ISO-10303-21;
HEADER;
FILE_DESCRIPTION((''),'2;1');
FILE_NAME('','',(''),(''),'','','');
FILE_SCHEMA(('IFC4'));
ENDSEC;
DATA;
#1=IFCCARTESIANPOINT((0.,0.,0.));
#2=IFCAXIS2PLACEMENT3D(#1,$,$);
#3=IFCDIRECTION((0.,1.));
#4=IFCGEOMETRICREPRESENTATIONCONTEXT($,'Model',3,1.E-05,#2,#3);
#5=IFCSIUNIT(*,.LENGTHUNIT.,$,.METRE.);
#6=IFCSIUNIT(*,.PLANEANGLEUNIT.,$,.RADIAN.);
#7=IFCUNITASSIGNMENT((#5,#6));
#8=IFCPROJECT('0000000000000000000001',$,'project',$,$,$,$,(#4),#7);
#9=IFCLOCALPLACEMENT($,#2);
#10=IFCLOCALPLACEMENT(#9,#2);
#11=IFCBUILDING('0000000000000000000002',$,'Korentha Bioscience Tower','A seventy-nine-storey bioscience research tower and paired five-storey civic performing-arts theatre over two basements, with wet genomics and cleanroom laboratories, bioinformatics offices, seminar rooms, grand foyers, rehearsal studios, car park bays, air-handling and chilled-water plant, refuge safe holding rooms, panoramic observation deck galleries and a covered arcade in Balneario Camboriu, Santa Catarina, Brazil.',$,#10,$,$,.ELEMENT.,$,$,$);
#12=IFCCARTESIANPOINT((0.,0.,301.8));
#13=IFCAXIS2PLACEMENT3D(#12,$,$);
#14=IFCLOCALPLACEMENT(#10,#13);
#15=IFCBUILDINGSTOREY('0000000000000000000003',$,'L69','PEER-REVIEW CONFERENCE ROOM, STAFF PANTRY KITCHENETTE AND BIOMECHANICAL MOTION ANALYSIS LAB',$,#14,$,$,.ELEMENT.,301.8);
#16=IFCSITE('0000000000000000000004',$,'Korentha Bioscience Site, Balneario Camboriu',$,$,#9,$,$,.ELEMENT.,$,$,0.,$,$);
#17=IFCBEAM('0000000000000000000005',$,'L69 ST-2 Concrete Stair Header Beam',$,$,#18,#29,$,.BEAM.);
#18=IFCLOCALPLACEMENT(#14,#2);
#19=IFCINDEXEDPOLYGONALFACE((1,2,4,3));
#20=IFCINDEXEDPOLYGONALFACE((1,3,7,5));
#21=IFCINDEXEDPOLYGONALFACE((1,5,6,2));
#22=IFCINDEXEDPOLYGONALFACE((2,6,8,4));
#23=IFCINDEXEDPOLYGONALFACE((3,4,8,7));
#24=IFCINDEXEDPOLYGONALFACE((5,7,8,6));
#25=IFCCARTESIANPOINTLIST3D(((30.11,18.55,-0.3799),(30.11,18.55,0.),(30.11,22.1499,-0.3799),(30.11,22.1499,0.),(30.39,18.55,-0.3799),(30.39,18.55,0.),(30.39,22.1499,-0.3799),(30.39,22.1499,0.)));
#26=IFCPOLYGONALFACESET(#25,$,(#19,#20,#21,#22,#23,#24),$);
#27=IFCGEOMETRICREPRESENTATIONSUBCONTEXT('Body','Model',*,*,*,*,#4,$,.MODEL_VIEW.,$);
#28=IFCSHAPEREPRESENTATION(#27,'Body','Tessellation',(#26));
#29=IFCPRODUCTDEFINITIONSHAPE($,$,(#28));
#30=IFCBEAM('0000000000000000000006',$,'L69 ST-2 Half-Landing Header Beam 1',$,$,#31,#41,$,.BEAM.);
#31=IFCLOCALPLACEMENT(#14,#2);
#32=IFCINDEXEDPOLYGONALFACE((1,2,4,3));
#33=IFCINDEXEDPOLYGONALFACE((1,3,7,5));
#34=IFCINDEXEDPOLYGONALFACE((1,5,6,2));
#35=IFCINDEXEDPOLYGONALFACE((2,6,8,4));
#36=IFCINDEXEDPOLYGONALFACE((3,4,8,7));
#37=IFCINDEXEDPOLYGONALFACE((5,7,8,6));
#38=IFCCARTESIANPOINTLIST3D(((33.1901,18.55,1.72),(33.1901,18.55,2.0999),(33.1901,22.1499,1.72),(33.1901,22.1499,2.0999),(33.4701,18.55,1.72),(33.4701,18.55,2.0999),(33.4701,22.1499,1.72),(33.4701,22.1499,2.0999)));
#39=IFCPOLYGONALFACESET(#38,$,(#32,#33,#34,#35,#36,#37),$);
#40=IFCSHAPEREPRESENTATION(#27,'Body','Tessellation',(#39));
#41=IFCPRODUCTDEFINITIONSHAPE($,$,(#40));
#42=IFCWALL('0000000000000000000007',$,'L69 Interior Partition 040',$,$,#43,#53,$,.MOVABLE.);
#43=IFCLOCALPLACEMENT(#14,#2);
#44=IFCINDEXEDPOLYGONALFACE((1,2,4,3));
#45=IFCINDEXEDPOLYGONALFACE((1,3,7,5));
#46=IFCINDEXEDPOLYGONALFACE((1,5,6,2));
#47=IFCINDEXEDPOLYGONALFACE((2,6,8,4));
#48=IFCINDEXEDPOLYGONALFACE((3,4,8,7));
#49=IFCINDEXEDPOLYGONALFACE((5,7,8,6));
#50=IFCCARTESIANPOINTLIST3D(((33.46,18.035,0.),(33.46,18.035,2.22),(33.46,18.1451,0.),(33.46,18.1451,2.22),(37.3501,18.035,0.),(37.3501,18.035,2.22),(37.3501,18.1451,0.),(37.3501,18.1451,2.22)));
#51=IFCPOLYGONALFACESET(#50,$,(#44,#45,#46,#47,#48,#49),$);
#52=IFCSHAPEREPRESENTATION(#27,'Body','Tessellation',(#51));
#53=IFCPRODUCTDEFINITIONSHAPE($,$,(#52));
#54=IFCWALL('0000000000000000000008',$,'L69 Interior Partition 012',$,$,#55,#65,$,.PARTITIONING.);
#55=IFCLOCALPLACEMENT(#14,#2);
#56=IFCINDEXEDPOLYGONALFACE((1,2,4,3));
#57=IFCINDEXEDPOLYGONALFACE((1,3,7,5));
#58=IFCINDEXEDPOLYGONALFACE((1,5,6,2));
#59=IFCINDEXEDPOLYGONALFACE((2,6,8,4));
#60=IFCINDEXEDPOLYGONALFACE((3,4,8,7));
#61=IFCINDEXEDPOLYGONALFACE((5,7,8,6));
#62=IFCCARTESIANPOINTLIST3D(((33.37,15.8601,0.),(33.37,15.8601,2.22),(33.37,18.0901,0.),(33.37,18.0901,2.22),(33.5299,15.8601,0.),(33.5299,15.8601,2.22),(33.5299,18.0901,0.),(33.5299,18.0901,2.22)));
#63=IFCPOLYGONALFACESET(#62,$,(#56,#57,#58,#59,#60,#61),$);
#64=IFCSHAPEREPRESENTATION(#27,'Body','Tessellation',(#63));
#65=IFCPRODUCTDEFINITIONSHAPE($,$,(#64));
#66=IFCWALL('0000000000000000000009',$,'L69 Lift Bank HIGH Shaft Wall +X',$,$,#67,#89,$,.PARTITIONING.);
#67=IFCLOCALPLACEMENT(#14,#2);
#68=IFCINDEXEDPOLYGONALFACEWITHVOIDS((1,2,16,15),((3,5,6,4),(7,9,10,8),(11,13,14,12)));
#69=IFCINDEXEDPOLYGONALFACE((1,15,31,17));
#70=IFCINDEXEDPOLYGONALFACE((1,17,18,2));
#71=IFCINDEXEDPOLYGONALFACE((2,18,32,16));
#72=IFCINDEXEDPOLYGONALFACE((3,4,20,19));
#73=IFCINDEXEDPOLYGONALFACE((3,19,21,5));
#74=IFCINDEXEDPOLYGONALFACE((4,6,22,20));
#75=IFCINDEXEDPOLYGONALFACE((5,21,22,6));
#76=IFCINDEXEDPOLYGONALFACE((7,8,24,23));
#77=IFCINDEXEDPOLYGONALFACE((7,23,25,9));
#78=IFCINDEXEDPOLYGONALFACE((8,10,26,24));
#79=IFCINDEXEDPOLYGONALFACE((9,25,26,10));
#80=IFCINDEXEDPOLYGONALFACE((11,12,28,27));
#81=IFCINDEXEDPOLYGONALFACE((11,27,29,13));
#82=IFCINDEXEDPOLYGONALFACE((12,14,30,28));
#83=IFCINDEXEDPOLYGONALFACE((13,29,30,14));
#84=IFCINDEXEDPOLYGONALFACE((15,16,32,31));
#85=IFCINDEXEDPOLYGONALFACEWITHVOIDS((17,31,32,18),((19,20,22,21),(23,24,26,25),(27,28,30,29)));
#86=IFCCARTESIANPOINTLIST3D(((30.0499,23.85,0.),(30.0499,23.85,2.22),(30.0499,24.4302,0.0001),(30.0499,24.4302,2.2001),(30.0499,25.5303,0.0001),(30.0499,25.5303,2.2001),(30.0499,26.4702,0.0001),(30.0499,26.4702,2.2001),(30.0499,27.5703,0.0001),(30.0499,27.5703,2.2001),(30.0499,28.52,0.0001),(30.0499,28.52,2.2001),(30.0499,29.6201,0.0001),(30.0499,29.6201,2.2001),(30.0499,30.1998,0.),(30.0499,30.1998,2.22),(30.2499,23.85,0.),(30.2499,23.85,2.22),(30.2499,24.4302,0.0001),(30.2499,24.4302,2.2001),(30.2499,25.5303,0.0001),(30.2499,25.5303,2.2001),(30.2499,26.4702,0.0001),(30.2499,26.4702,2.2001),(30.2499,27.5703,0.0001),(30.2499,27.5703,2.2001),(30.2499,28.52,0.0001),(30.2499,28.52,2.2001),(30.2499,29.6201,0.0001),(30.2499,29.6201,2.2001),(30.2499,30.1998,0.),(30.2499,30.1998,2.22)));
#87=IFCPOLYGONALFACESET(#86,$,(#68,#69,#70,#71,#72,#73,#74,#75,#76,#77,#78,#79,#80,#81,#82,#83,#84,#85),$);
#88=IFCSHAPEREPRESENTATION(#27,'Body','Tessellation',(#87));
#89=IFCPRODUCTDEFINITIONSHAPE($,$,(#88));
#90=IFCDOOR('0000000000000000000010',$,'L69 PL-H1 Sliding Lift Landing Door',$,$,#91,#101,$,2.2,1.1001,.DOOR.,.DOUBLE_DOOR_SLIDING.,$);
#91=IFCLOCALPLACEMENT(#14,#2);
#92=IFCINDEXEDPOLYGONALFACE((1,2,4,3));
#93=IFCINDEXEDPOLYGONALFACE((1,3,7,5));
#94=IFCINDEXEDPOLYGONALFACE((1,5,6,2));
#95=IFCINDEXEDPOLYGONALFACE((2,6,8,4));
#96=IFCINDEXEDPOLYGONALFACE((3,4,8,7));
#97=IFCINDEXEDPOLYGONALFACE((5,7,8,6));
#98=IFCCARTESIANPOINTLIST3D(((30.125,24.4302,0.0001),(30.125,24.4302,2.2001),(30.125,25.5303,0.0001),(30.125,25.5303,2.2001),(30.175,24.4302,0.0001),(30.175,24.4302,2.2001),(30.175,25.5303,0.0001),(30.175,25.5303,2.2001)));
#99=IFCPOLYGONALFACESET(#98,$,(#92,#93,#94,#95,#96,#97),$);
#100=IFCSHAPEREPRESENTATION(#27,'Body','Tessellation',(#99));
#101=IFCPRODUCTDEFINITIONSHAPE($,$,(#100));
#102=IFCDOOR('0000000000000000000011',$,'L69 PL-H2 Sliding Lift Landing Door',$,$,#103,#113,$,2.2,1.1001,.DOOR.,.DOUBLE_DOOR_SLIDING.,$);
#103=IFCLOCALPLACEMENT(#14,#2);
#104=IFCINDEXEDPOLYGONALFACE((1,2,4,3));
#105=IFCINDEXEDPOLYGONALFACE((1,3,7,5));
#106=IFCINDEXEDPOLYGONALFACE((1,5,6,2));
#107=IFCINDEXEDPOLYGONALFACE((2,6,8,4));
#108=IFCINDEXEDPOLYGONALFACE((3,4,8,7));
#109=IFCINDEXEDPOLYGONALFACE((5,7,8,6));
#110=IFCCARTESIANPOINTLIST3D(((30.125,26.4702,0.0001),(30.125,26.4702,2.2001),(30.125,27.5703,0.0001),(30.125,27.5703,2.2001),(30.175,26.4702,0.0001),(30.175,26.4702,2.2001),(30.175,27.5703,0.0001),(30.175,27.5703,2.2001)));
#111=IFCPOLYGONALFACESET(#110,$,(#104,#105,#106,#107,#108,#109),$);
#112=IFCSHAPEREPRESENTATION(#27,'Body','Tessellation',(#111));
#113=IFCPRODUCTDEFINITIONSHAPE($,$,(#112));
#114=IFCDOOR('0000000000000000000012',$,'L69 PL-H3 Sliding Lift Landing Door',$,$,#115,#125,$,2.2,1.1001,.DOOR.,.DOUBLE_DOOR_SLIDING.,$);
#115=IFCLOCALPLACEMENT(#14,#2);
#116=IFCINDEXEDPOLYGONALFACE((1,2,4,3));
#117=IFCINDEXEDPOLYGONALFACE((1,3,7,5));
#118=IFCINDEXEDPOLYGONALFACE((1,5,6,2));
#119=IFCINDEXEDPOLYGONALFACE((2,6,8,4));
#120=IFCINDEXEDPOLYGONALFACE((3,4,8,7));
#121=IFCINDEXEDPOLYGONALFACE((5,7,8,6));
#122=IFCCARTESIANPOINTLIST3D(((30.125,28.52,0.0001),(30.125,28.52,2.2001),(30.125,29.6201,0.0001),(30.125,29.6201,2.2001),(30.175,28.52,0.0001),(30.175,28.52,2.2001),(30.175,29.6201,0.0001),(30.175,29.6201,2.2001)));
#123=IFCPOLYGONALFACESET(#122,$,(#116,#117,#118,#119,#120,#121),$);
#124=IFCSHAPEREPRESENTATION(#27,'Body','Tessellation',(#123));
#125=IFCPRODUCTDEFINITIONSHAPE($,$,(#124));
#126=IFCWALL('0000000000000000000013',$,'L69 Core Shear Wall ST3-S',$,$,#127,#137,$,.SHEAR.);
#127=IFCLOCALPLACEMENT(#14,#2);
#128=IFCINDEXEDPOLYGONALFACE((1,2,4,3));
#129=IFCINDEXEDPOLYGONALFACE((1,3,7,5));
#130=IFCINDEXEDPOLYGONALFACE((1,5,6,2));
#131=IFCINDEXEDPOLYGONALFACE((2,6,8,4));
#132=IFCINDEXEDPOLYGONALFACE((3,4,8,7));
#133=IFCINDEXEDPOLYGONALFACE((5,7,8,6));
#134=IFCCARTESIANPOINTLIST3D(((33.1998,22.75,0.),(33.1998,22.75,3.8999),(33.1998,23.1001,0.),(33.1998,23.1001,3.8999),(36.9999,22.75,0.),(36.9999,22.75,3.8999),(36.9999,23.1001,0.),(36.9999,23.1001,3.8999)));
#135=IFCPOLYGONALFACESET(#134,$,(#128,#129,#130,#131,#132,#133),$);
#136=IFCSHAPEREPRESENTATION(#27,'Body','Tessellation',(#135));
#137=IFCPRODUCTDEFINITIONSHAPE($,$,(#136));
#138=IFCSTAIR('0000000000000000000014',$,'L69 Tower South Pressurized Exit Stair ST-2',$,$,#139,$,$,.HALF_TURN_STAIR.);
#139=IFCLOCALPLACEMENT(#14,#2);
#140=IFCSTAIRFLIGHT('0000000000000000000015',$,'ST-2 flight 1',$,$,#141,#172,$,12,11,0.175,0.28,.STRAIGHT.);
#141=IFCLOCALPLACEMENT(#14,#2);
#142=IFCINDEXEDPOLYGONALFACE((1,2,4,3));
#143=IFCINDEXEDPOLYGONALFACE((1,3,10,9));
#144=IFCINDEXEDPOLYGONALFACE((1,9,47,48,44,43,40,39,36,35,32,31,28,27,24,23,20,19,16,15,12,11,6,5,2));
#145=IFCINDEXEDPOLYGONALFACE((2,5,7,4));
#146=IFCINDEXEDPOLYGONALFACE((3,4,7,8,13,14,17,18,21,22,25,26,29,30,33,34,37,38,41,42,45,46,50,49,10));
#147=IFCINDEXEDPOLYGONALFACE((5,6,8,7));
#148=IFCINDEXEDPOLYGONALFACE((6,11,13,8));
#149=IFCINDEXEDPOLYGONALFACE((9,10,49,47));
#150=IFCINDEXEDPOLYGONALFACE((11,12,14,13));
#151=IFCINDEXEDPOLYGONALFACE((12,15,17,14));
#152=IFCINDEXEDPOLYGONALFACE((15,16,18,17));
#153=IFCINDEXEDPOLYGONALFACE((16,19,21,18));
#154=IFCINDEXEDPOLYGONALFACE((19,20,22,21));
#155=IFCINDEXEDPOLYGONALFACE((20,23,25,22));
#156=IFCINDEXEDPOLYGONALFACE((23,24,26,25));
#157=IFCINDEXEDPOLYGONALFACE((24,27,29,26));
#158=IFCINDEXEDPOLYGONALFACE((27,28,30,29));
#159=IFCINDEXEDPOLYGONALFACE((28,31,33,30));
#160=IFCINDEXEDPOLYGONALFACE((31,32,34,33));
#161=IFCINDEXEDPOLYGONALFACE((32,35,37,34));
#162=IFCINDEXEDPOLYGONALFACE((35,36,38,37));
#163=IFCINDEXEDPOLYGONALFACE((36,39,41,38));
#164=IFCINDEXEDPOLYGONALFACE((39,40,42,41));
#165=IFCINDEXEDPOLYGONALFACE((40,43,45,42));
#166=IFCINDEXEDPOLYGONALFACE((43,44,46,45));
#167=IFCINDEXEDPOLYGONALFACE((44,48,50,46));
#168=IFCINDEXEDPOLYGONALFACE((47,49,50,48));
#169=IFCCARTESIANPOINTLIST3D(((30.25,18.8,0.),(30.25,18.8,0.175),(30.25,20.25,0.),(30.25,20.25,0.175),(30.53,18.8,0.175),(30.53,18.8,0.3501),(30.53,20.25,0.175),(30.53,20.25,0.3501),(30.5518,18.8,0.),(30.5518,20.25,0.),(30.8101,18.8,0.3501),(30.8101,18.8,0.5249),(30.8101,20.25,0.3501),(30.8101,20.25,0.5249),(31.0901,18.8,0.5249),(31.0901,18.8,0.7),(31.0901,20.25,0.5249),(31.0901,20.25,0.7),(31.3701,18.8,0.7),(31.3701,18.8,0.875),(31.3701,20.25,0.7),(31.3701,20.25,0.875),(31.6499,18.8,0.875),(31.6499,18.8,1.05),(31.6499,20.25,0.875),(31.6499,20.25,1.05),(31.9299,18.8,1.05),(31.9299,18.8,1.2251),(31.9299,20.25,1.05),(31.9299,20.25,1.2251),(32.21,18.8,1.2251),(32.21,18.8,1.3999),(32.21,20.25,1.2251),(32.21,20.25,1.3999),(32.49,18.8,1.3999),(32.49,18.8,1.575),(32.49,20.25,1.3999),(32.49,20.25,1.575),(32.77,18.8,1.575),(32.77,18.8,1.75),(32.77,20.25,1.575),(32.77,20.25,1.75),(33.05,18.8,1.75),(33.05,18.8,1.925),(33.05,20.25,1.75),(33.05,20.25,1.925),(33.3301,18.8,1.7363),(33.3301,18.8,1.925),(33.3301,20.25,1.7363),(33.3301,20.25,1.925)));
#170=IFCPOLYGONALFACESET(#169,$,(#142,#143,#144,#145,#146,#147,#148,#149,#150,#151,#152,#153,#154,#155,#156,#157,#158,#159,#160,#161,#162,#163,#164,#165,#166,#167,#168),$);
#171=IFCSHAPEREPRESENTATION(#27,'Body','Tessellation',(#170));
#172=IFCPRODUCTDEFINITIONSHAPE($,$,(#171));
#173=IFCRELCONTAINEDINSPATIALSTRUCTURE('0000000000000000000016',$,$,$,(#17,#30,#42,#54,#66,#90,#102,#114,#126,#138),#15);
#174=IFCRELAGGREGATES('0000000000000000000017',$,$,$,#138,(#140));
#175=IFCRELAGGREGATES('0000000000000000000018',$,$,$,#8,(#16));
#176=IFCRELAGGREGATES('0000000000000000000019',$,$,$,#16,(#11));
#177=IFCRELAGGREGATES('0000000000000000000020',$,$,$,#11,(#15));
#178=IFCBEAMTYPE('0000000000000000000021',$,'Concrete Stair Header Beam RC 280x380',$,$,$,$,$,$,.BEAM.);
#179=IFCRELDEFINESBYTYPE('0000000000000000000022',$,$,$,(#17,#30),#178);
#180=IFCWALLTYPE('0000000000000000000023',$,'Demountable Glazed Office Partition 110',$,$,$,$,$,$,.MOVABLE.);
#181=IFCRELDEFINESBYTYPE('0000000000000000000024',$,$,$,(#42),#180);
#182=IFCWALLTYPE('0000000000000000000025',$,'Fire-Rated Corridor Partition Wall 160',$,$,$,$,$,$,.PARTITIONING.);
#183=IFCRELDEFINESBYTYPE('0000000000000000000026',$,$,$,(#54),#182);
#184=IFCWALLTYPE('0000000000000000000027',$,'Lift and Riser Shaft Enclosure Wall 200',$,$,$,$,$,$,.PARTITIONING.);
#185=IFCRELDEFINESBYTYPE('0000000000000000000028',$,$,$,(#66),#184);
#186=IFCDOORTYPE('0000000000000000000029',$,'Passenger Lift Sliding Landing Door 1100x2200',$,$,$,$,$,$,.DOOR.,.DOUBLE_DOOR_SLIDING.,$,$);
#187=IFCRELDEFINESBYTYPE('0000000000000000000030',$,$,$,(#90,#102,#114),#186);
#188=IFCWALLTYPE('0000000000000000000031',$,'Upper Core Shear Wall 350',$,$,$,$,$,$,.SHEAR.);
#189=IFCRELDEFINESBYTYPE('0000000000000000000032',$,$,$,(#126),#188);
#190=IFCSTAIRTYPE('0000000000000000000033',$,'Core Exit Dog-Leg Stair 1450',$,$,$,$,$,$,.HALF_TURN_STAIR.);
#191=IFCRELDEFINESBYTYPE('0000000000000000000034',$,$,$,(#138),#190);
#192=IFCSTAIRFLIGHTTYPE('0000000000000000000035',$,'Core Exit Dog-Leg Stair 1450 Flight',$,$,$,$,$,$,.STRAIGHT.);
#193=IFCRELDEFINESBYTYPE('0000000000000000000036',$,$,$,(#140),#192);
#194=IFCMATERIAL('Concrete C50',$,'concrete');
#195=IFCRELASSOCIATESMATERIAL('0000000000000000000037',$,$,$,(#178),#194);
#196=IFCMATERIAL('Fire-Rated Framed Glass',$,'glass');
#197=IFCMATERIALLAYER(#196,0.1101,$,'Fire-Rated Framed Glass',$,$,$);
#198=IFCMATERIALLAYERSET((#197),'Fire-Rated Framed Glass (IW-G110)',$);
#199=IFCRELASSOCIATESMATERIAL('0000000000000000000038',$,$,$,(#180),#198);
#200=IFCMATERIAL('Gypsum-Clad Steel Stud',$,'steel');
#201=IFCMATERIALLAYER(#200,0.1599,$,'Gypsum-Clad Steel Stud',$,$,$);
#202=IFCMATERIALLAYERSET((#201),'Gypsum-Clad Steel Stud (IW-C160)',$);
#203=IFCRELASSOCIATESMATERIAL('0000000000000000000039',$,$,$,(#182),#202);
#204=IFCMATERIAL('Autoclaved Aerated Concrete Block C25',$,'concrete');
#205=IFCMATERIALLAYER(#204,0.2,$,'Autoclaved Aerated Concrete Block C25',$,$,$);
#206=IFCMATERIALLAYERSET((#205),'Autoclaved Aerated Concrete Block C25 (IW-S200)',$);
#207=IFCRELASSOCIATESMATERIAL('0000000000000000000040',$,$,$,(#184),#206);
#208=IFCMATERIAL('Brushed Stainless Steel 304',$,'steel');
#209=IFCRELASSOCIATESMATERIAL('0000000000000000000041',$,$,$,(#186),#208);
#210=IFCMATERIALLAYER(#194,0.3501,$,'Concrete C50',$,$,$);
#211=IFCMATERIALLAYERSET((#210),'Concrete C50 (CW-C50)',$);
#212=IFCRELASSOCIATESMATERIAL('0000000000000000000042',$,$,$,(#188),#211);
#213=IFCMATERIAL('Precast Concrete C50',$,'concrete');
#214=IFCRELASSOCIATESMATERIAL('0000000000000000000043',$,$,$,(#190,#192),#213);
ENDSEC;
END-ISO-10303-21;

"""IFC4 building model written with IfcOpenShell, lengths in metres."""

from ifc_helpers import new_model, si_unit, direction, frame, frame_2d, origin, origin_2d, place, context, subcontext, project, spatial, polyline, rectangle, outline, extrude, material, layer, layer_set, material_profile, profile_set, type_object, element, fill, aggregate, save


model = new_model("IFC4")

# Units and contexts
model_context = context("Model", 3, precision=1e-05, world=origin(), true_north=direction((0.0, 1.0)))
body_context = subcontext(model_context, "Body", "Model", "MODEL_VIEW")
ifc_project = project(units=[si_unit("LENGTHUNIT", "METRE"), si_unit("PLANEANGLEUNIT", "RADIAN")], contexts=[model_context])

# Site, building, storey
site_placement = place(None, origin())
site = spatial("IfcSite", under=ifc_project, at=site_placement, Name="Korentha Bioscience Site, Balneario Camboriu", CompositionType="ELEMENT", RefElevation=0.0)
building_placement = place(site_placement, origin())
building = spatial("IfcBuilding", under=site, at=building_placement, Name="Korentha Bioscience Tower", Description="A seventy-nine-storey bioscience research tower and paired five-storey civic performing-arts theatre over two basements, with wet genomics and cleanroom laboratories, bioinformatics offices, seminar rooms, grand foyers, rehearsal studios, car park bays, air-handling and chilled-water plant, refuge safe holding rooms, panoramic observation deck galleries and a covered arcade in Balneario Camboriu, Santa Catarina, Brazil.", CompositionType="ELEMENT")
storey_placement = place(building_placement, frame((0.0, 0.0, 301.8)))
storey = spatial("IfcBuildingStorey", under=building, at=storey_placement, Name="L69", Description="PEER-REVIEW CONFERENCE ROOM, STAFF PANTRY KITCHENETTE AND BIOMECHANICAL MOTION ANALYSIS LAB", CompositionType="ELEMENT", Elevation=301.8)

# Beams
ifc_material_1 = material(Name="Concrete C50", Category="concrete")
ifc_material_profile = material_profile(ifc_material_1, rectangle(XDim=0.28, YDim=0.3799, at=origin_2d()), Name="Concrete C50")
ifc_profile_set = profile_set([ifc_material_profile], Name="Concrete C50 (ST-HB380)")
beam_type = type_object("IfcBeamType", Name="Concrete Stair Header Beam RC 280x380", PredefinedType="BEAM", material=ifc_profile_set)
for number, where, z_axis, x_axis, name in (
    (1, (30.25, 18.55, -0.1899), (0.0, 1.0, 0.0), (-1.0, 0.0, 0.0), "L69 ST-2 Concrete Stair Header Beam"),
    (2, (33.3301, 18.55, 1.9099), (0.0, 1.0, 0.0), (-1.0, 0.0, 0.0), "L69 ST-2 Half-Landing Header Beam 1"),
):
    element("IfcBeam", number, at=place(storey_placement, frame(where, z_axis=z_axis, x_axis=x_axis)), inside=storey, type_object=beam_type, Name=name, PredefinedType="BEAM", context=body_context, shape_type="SweptSolid", body=[
        extrude(rectangle(XDim=0.28, YDim=0.3799, at=origin_2d()), origin(), (0.0, 0.0, 1.0), 3.5999),
    ])

# Walls
ifc_material_2 = material(Name="Fire-Rated Framed Glass", Category="glass")
ifc_layer_1 = layer(ifc_material_2, 0.1101, Name="Fire-Rated Framed Glass")
ifc_layer_set_1 = layer_set([ifc_layer_1], Name="Fire-Rated Framed Glass (IW-G110)")
wall_type_1 = type_object("IfcWallType", Name="Demountable Glazed Office Partition 110", PredefinedType="MOVABLE", material=ifc_layer_set_1)
wall_1_placement = place(storey_placement, frame((33.46, 18.0901, 0.0), z_axis=(0.0, 0.0, 1.0), x_axis=(1.0, 0.0, 0.0)))
element("IfcWall", 3, at=wall_1_placement, inside=storey, type_object=wall_type_1, Name="L69 Interior Partition 040", PredefinedType="MOVABLE", context=body_context, shape_type="SweptSolid", body=[
    extrude(rectangle(XDim=3.8901, YDim=0.1101, at=frame_2d((1.9451, 0.0))), origin(), (0.0, 0.0, 1.0), 2.22),
])
ifc_material_3 = material(Name="Gypsum-Clad Steel Stud", Category="steel")
ifc_layer_2 = layer(ifc_material_3, 0.1599, Name="Gypsum-Clad Steel Stud")
ifc_layer_set_2 = layer_set([ifc_layer_2], Name="Gypsum-Clad Steel Stud (IW-C160)")
wall_type_2 = type_object("IfcWallType", Name="Fire-Rated Corridor Partition Wall 160", PredefinedType="PARTITIONING", material=ifc_layer_set_2)
wall_2_placement = place(storey_placement, frame((33.45, 18.0901, 0.0), z_axis=(0.0, 0.0, 1.0), x_axis=(0.0, -1.0, 0.0)))
element("IfcWall", 4, at=wall_2_placement, inside=storey, type_object=wall_type_2, Name="L69 Interior Partition 012", PredefinedType="PARTITIONING", context=body_context, shape_type="SweptSolid", body=[
    extrude(rectangle(XDim=2.23, YDim=0.1599, at=frame_2d((1.115, 0.0))), origin(), (0.0, 0.0, 1.0), 2.22),
])

# Wall, openings, doors
ifc_material_4 = material(Name="Autoclaved Aerated Concrete Block C25", Category="concrete")
ifc_layer_3 = layer(ifc_material_4, 0.2, Name="Autoclaved Aerated Concrete Block C25")
ifc_layer_set_3 = layer_set([ifc_layer_3], Name="Autoclaved Aerated Concrete Block C25 (IW-S200)")
wall_type_3 = type_object("IfcWallType", Name="Lift and Riser Shaft Enclosure Wall 200", PredefinedType="PARTITIONING", material=ifc_layer_set_3)
wall_3_placement = place(storey_placement, frame((30.1499, 23.8501, 0.0), z_axis=(0.0, 0.0, 1.0), x_axis=(0.0, 1.0, 0.0)))
wall_3 = element("IfcWall", 5, at=wall_3_placement, inside=storey, type_object=wall_type_3, Name="L69 Lift Bank HIGH Shaft Wall +X", PredefinedType="PARTITIONING", context=body_context, shape_type="SweptSolid", body=[
    extrude(rectangle(XDim=6.3499, YDim=0.2, at=frame_2d((3.1748, 0.0))), origin(), (0.0, 0.0, 1.0), 2.22),
])
opening_1_placement = place(wall_3_placement, frame((0.5801, 0.0, 0.0)))
opening_1 = element("IfcOpeningElement", 6, at=opening_1_placement, cuts=wall_3, PredefinedType="OPENING", context=body_context, shape_type="SweptSolid", body=[
    extrude(rectangle(XDim=1.1001, YDim=2.2, at=frame_2d((0.55, 1.1001))), frame((0.0, 0.1147, 0.0), z_axis=(0.0, -1.0, 0.0), x_axis=(1.0, 0.0, 0.0)), (0.0, 0.0, 1.0), 0.2297),
])
opening_2_placement = place(wall_3_placement, frame((2.6201, 0.0, 0.0)))
opening_2 = element("IfcOpeningElement", 7, at=opening_2_placement, cuts=wall_3, PredefinedType="OPENING", context=body_context, shape_type="SweptSolid", body=[
    extrude(rectangle(XDim=1.1001, YDim=2.2, at=frame_2d((0.55, 1.1001))), frame((0.0, 0.1147, 0.0), z_axis=(0.0, -1.0, 0.0), x_axis=(1.0, 0.0, 0.0)), (0.0, 0.0, 1.0), 0.2297),
])
opening_3_placement = place(wall_3_placement, frame((4.6699, 0.0, 0.0)))
opening_3 = element("IfcOpeningElement", 8, at=opening_3_placement, cuts=wall_3, PredefinedType="OPENING", context=body_context, shape_type="SweptSolid", body=[
    extrude(rectangle(XDim=1.1001, YDim=2.2, at=frame_2d((0.55, 1.1001))), frame((0.0, 0.1147, 0.0), z_axis=(0.0, -1.0, 0.0), x_axis=(1.0, 0.0, 0.0)), (0.0, 0.0, 1.0), 0.2297),
])
ifc_material_5 = material(Name="Brushed Stainless Steel 304", Category="steel")
door_type_1 = type_object("IfcDoorType", Name="Passenger Lift Sliding Landing Door 1100x2200", OperationType="DOUBLE_DOOR_SLIDING", PredefinedType="DOOR", material=ifc_material_5)
door_1_placement = place(opening_1_placement, origin())
door_1 = element("IfcDoor", 9, at=door_1_placement, inside=storey, type_object=door_type_1, Name="L69 PL-H1 Sliding Lift Landing Door", OperationType="DOUBLE_DOOR_SLIDING", OverallHeight=2.2, OverallWidth=1.1001, PredefinedType="DOOR", context=body_context, shape_type="SweptSolid", body=[
    extrude(rectangle(XDim=1.1001, YDim=2.2, at=frame_2d((0.55, 1.1001))), frame((0.0, 0.0249, 0.0), z_axis=(0.0, -1.0, 0.0), x_axis=(1.0, 0.0, 0.0)), (0.0, 0.0, 1.0), 0.05),
])
fill(opening_1, door_1)
door_2_placement = place(opening_2_placement, origin())
door_2 = element("IfcDoor", 10, at=door_2_placement, inside=storey, type_object=door_type_1, Name="L69 PL-H2 Sliding Lift Landing Door", OperationType="DOUBLE_DOOR_SLIDING", OverallHeight=2.2, OverallWidth=1.1001, PredefinedType="DOOR", context=body_context, shape_type="SweptSolid", body=[
    extrude(rectangle(XDim=1.1001, YDim=2.2, at=frame_2d((0.55, 1.1001))), frame((0.0, 0.0249, 0.0), z_axis=(0.0, -1.0, 0.0), x_axis=(1.0, 0.0, 0.0)), (0.0, 0.0, 1.0), 0.05),
])
fill(opening_2, door_2)
door_3_placement = place(opening_3_placement, origin())
door_3 = element("IfcDoor", 11, at=door_3_placement, inside=storey, type_object=door_type_1, Name="L69 PL-H3 Sliding Lift Landing Door", OperationType="DOUBLE_DOOR_SLIDING", OverallHeight=2.2, OverallWidth=1.1001, PredefinedType="DOOR", context=body_context, shape_type="SweptSolid", body=[
    extrude(rectangle(XDim=1.1001, YDim=2.2, at=frame_2d((0.55, 1.1001))), frame((0.0, 0.0249, 0.0), z_axis=(0.0, -1.0, 0.0), x_axis=(1.0, 0.0, 0.0)), (0.0, 0.0, 1.0), 0.05),
])
fill(opening_3, door_3)

# Wall
ifc_layer_4 = layer(ifc_material_1, 0.3501, Name="Concrete C50")
ifc_layer_set_4 = layer_set([ifc_layer_4], Name="Concrete C50 (CW-C50)")
wall_type_4 = type_object("IfcWallType", Name="Upper Core Shear Wall 350", PredefinedType="SHEAR", material=ifc_layer_set_4)
wall_4_placement = place(storey_placement, frame((33.2, 22.925, 0.0), z_axis=(0.0, 0.0, 1.0), x_axis=(1.0, 0.0, 0.0)))
element("IfcWall", 12, at=wall_4_placement, inside=storey, type_object=wall_type_4, Name="L69 Core Shear Wall ST3-S", PredefinedType="SHEAR", context=body_context, shape_type="SweptSolid", body=[
    extrude(rectangle(XDim=3.8, YDim=0.3501, at=frame_2d((1.8999, 0.0))), origin(), (0.0, 0.0, 1.0), 3.8999),
])

# Stair, stair flight
ifc_material_6 = material(Name="Precast Concrete C50", Category="concrete")
stair_type = type_object("IfcStairType", Name="Core Exit Dog-Leg Stair 1450", PredefinedType="HALF_TURN_STAIR", material=ifc_material_6)
stair_1_placement = place(storey_placement, origin())
stair_1 = element("IfcStair", 13, at=stair_1_placement, inside=storey, type_object=stair_type, Name="L69 Tower South Pressurized Exit Stair ST-2", PredefinedType="HALF_TURN_STAIR")
stair_flight_type = type_object("IfcStairFlightType", Name="Core Exit Dog-Leg Stair 1450 Flight", PredefinedType="STRAIGHT", material=ifc_material_6)
stair_flight_1_placement = place(storey_placement, frame((30.25, 19.5249, 0.0), z_axis=(0.0, 0.0, 1.0), x_axis=(1.0, 0.0, 0.0)))
stair_flight_1 = element("IfcStairFlight", 14, at=stair_flight_1_placement, type_object=stair_flight_type, Name="ST-2 flight 1", NumberOfRisers=12, NumberOfTreads=11, PredefinedType="STRAIGHT", RiserHeight=0.175, TreadLength=0.28, context=body_context, shape_type="SweptSolid", body=[
    extrude(outline(polyline([(0.0, 0.0), (0.0, 0.175), (0.28, 0.175), (0.28, 0.3501), (0.5601, 0.3501), (0.5601, 0.5249), (0.8401, 0.5249), (0.8401, 0.7), (1.1201, 0.7), (1.1201, 0.875), (1.3999, 0.875), (1.3999, 1.05), (1.6799, 1.05), (1.6799, 1.2251), (1.96, 1.2251), (1.96, 1.3999), (2.24, 1.3999), (2.24, 1.575), (2.52, 1.575), (2.52, 1.75), (2.8, 1.75), (2.8, 1.925), (3.0801, 1.925), (3.0801, 2.1001), (3.0801, 1.7363), (0.3018, 0.0), (0.0, 0.0)])), frame((0.0, 0.7251, 0.0), z_axis=(0.0, -1.0, 0.0), x_axis=(1.0, 0.0, 0.0)), (0.0, 0.0, 1.0), 1.45),
])
aggregate(stair_1, [stair_flight_1])

save(model, "model.ifc")
